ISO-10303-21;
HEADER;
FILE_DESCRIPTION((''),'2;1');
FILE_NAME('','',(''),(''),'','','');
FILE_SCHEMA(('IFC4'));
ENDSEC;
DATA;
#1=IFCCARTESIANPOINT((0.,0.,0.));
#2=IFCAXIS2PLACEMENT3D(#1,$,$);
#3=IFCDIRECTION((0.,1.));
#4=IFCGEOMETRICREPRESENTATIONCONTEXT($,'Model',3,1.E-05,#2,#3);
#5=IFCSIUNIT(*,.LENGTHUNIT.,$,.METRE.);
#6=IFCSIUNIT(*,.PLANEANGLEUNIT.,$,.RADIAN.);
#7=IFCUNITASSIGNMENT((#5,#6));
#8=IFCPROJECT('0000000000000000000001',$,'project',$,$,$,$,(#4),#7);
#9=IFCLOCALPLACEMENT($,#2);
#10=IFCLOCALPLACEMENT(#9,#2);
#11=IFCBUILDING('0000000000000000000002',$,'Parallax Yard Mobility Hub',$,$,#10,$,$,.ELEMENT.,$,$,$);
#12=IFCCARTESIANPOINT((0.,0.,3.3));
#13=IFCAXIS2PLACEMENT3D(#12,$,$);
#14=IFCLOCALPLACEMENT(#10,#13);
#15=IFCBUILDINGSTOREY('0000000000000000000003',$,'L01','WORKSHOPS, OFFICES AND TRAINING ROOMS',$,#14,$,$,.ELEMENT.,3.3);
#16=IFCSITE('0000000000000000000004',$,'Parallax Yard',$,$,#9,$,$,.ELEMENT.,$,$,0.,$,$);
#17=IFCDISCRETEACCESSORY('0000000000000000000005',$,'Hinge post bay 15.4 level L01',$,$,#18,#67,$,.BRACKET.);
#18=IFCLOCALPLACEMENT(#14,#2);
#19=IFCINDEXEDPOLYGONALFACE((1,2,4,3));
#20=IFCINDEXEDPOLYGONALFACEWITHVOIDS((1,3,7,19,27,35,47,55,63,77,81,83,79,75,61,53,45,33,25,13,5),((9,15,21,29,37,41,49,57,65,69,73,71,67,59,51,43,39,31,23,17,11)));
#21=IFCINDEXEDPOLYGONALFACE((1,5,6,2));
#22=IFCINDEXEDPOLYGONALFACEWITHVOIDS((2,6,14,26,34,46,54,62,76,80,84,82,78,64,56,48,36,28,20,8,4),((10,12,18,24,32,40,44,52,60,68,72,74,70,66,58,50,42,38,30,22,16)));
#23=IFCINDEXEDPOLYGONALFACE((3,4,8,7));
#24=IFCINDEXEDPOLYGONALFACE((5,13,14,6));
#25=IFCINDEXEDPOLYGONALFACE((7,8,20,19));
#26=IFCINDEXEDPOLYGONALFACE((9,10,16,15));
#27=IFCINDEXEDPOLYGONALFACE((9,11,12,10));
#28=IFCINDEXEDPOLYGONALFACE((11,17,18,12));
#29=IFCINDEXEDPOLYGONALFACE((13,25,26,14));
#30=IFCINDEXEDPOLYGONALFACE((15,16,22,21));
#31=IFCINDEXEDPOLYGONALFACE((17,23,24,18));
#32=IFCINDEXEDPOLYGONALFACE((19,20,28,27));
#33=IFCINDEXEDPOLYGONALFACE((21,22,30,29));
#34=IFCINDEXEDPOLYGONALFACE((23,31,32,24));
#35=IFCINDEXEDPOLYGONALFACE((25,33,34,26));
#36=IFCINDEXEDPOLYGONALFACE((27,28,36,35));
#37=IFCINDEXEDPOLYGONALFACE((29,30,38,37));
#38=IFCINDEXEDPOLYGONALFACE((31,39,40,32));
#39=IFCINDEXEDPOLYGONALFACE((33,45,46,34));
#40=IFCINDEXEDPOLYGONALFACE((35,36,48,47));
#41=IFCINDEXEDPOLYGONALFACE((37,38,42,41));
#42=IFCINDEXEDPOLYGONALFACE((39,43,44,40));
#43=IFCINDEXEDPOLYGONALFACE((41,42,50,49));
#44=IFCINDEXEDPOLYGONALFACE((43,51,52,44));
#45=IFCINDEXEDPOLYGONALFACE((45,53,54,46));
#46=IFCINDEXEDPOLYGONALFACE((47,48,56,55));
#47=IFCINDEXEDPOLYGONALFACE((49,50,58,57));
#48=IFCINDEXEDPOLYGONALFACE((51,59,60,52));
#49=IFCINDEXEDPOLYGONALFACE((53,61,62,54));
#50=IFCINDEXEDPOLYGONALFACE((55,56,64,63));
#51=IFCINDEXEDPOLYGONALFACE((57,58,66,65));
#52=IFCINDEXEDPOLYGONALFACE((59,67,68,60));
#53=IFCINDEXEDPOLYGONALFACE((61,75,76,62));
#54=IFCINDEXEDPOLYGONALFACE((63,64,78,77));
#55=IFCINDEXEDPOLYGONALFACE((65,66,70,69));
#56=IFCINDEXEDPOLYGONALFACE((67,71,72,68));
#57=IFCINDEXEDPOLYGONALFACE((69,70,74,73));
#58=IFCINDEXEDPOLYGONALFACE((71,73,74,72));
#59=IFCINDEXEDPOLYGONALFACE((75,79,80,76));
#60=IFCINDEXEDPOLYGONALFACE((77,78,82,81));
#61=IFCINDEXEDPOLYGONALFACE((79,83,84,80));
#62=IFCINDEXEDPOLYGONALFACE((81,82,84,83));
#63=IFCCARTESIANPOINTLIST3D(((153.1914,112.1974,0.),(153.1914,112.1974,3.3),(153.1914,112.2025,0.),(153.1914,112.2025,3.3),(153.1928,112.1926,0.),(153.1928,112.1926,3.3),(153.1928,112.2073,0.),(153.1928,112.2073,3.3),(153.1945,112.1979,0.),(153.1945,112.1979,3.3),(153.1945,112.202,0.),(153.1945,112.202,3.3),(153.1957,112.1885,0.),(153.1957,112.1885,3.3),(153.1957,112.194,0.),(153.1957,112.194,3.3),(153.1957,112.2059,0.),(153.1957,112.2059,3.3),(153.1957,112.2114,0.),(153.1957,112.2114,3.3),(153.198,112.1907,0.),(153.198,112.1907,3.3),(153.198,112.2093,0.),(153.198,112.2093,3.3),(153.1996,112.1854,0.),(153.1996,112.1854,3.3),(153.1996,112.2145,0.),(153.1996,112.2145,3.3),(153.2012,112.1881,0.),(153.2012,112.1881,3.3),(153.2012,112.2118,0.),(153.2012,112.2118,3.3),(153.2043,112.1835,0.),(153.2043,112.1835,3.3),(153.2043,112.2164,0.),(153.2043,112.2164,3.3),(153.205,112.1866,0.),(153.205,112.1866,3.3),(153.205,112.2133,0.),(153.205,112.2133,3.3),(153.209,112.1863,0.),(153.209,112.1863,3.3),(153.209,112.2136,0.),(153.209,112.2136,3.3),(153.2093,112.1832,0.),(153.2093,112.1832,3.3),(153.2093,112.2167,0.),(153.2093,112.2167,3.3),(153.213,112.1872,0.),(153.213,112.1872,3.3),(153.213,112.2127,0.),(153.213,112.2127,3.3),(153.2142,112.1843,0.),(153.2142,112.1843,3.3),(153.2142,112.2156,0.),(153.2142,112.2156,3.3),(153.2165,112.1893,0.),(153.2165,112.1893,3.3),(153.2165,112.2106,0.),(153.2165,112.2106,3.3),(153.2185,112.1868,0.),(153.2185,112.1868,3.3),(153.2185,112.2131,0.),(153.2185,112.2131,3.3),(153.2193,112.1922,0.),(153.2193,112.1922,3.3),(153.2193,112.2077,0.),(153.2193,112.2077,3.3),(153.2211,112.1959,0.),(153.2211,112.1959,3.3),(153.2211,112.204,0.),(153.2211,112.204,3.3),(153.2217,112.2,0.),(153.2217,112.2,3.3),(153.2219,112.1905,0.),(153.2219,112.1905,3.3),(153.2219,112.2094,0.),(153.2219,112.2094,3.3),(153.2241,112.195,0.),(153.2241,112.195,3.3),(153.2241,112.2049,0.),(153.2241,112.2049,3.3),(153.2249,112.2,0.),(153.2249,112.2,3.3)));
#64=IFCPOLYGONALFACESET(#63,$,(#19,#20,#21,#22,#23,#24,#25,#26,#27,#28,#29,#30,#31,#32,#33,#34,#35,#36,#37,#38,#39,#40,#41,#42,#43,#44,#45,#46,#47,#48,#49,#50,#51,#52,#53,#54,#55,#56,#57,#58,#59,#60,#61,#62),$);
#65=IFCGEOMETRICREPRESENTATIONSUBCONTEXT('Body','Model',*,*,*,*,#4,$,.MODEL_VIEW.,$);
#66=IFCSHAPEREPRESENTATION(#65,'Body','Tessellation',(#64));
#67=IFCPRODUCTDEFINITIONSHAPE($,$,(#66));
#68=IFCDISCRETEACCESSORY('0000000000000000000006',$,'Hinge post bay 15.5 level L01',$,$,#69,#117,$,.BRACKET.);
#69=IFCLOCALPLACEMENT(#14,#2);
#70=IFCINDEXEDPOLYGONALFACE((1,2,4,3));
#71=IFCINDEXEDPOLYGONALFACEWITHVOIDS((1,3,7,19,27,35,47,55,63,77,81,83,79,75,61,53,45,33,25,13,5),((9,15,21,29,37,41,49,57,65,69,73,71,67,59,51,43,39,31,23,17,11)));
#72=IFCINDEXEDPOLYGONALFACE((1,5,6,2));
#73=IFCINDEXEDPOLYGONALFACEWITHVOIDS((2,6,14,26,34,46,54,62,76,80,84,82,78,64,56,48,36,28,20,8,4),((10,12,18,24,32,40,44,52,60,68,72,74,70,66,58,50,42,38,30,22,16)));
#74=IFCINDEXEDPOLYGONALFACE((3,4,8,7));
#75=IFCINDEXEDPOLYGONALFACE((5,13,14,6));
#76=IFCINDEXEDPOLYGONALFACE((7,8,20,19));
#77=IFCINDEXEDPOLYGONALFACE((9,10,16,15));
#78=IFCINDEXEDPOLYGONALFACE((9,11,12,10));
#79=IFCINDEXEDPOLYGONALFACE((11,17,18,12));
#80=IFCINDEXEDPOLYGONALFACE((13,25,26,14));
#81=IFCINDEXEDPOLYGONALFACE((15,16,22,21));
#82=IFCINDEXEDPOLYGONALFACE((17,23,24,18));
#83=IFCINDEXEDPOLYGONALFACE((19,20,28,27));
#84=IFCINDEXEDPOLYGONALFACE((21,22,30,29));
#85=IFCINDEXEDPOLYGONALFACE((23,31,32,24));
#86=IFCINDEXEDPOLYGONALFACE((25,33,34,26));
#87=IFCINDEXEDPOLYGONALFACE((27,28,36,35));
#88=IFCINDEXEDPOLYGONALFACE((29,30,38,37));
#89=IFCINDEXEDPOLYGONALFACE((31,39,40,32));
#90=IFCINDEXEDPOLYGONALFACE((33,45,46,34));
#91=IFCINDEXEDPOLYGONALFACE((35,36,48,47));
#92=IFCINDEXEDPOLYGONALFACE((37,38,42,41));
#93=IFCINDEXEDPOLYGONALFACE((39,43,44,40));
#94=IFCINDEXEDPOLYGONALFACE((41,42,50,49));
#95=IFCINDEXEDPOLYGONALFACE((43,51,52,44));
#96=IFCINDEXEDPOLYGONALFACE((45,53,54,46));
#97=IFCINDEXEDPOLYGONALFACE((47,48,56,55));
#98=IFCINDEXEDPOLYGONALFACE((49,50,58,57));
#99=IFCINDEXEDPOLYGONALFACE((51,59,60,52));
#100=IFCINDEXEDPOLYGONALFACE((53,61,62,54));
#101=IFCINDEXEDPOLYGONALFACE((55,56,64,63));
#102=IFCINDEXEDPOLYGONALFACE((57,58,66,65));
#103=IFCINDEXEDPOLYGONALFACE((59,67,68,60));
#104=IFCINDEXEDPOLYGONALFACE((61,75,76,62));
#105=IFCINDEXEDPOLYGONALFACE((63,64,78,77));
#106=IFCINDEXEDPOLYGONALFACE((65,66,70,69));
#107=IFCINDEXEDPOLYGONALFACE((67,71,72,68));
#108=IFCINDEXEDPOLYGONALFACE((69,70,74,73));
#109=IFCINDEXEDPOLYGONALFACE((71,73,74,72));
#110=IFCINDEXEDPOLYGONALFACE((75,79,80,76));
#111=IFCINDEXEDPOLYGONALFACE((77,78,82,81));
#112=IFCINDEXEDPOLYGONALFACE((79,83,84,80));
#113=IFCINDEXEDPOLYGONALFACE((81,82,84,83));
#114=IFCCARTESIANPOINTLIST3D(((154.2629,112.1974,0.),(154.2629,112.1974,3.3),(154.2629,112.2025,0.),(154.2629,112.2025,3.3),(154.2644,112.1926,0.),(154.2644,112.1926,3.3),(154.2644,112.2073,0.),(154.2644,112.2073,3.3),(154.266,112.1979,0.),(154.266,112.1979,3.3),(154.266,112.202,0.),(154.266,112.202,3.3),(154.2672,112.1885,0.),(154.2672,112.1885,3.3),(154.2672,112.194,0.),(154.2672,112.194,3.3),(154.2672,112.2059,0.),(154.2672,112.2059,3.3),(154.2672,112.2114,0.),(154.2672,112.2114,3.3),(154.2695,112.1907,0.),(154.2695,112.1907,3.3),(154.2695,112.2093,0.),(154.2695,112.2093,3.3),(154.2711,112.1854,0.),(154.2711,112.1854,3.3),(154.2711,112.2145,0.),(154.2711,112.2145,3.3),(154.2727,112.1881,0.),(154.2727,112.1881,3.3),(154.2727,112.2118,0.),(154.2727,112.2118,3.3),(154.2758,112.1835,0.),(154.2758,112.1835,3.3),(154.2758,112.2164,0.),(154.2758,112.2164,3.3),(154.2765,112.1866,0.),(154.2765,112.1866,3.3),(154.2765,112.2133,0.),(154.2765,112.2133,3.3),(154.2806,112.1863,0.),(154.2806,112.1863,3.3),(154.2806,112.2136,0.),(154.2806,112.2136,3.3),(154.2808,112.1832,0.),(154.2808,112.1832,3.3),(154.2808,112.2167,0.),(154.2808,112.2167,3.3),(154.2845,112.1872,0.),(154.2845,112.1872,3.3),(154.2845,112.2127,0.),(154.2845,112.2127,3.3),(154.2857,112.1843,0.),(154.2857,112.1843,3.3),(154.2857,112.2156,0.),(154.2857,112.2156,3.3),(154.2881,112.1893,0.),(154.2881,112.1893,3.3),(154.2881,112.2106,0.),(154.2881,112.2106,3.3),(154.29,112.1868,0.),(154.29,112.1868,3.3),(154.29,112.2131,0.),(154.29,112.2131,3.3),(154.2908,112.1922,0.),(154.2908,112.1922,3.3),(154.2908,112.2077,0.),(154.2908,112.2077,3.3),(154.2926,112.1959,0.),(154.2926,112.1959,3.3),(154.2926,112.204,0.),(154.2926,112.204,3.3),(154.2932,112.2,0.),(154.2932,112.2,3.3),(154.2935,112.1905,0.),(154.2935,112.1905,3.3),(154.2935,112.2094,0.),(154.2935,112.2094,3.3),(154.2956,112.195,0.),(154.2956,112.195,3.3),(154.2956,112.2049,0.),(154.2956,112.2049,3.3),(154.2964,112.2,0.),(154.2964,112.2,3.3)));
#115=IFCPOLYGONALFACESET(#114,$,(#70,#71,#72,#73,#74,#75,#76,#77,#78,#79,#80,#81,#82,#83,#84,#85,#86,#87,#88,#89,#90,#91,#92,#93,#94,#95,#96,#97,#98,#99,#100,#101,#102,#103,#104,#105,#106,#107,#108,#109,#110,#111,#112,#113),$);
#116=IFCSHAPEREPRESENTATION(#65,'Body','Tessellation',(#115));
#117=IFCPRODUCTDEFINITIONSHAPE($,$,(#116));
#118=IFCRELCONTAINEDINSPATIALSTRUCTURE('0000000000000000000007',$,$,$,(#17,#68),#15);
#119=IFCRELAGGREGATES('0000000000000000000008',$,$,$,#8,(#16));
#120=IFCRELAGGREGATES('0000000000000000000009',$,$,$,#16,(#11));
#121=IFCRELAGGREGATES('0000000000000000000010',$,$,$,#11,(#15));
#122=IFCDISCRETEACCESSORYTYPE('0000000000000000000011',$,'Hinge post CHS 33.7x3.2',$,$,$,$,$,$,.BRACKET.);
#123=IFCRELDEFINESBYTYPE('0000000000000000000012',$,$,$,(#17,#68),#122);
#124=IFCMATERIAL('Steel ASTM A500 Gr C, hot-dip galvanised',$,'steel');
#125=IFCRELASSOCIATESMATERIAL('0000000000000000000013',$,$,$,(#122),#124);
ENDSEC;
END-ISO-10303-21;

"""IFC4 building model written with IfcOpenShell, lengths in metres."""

from ifc_helpers import new_model, si_unit, direction, frame, origin, origin_2d, place, context, subcontext, project, spatial, hollow_circle, extrude, material, material_profile, profile_set, type_object, element, save


model = new_model("IFC4")

# Units and contexts
model_context = context("Model", 3, precision=1e-05, world=origin(), true_north=direction((0.0, 1.0)))
body_context = subcontext(model_context, "Body", "Model", "MODEL_VIEW")
ifc_project = project(units=[si_unit("LENGTHUNIT", "METRE"), si_unit("PLANEANGLEUNIT", "RADIAN")], contexts=[model_context])

# Site, building, storey
site_placement = place(None, origin())
site = spatial("IfcSite", under=ifc_project, at=site_placement, Name="Parallax Yard", CompositionType="ELEMENT", RefElevation=0.0)
building_placement = place(site_placement, origin())
building = spatial("IfcBuilding", under=site, at=building_placement, Name="Parallax Yard Mobility Hub", CompositionType="ELEMENT")
storey_placement = place(building_placement, frame((0.0, 0.0, 3.3)))
storey = spatial("IfcBuildingStorey", under=building, at=storey_placement, Name="L01", Description="WORKSHOPS, OFFICES AND TRAINING ROOMS", CompositionType="ELEMENT", Elevation=3.3)

# Discrete accessories
ifc_material_1 = material(Name="Steel ASTM A500 Gr C, hot-dip galvanised", Category="steel")
ifc_material_profile_1 = material_profile(ifc_material_1, hollow_circle(Radius=0.0168, WallThickness=0.0032, at=origin_2d()), Name="CHS 33.7x3.2")
ifc_profile_set_1 = profile_set([ifc_material_profile_1], Name="Steel ASTM A500 Gr C, hot-dip galvanised")
discrete_accessory_type_1 = type_object("IfcDiscreteAccessoryType", Name="Hinge post CHS 33.7x3.2", PredefinedType="BRACKET", material=ifc_profile_set_1)
for number, where, z_axis, x_axis, name in (
    (1, (153.208, 112.2, 0.0), (0.0, 0.0, 1.0), (1.0, 0.0, 0.0), "Hinge post bay 15.4 level L01"),
    (2, (154.2795, 112.2, 0.0), (0.0, 0.0, 1.0), (1.0, 0.0, 0.0), "Hinge post bay 15.5 level L01"),
):
    element("IfcDiscreteAccessory", number, at=place(storey_placement, frame(where, z_axis=z_axis, x_axis=x_axis)), inside=storey, type_object=discrete_accessory_type_1, Name=name, PredefinedType="BRACKET", context=body_context, shape_type="SweptSolid", body=[
        extrude(hollow_circle(Radius=0.0168, WallThickness=0.0032, at=origin_2d()), origin(), (0.0, 0.0, 1.0), 3.3),
    ])

save(model, "model.ifc")
